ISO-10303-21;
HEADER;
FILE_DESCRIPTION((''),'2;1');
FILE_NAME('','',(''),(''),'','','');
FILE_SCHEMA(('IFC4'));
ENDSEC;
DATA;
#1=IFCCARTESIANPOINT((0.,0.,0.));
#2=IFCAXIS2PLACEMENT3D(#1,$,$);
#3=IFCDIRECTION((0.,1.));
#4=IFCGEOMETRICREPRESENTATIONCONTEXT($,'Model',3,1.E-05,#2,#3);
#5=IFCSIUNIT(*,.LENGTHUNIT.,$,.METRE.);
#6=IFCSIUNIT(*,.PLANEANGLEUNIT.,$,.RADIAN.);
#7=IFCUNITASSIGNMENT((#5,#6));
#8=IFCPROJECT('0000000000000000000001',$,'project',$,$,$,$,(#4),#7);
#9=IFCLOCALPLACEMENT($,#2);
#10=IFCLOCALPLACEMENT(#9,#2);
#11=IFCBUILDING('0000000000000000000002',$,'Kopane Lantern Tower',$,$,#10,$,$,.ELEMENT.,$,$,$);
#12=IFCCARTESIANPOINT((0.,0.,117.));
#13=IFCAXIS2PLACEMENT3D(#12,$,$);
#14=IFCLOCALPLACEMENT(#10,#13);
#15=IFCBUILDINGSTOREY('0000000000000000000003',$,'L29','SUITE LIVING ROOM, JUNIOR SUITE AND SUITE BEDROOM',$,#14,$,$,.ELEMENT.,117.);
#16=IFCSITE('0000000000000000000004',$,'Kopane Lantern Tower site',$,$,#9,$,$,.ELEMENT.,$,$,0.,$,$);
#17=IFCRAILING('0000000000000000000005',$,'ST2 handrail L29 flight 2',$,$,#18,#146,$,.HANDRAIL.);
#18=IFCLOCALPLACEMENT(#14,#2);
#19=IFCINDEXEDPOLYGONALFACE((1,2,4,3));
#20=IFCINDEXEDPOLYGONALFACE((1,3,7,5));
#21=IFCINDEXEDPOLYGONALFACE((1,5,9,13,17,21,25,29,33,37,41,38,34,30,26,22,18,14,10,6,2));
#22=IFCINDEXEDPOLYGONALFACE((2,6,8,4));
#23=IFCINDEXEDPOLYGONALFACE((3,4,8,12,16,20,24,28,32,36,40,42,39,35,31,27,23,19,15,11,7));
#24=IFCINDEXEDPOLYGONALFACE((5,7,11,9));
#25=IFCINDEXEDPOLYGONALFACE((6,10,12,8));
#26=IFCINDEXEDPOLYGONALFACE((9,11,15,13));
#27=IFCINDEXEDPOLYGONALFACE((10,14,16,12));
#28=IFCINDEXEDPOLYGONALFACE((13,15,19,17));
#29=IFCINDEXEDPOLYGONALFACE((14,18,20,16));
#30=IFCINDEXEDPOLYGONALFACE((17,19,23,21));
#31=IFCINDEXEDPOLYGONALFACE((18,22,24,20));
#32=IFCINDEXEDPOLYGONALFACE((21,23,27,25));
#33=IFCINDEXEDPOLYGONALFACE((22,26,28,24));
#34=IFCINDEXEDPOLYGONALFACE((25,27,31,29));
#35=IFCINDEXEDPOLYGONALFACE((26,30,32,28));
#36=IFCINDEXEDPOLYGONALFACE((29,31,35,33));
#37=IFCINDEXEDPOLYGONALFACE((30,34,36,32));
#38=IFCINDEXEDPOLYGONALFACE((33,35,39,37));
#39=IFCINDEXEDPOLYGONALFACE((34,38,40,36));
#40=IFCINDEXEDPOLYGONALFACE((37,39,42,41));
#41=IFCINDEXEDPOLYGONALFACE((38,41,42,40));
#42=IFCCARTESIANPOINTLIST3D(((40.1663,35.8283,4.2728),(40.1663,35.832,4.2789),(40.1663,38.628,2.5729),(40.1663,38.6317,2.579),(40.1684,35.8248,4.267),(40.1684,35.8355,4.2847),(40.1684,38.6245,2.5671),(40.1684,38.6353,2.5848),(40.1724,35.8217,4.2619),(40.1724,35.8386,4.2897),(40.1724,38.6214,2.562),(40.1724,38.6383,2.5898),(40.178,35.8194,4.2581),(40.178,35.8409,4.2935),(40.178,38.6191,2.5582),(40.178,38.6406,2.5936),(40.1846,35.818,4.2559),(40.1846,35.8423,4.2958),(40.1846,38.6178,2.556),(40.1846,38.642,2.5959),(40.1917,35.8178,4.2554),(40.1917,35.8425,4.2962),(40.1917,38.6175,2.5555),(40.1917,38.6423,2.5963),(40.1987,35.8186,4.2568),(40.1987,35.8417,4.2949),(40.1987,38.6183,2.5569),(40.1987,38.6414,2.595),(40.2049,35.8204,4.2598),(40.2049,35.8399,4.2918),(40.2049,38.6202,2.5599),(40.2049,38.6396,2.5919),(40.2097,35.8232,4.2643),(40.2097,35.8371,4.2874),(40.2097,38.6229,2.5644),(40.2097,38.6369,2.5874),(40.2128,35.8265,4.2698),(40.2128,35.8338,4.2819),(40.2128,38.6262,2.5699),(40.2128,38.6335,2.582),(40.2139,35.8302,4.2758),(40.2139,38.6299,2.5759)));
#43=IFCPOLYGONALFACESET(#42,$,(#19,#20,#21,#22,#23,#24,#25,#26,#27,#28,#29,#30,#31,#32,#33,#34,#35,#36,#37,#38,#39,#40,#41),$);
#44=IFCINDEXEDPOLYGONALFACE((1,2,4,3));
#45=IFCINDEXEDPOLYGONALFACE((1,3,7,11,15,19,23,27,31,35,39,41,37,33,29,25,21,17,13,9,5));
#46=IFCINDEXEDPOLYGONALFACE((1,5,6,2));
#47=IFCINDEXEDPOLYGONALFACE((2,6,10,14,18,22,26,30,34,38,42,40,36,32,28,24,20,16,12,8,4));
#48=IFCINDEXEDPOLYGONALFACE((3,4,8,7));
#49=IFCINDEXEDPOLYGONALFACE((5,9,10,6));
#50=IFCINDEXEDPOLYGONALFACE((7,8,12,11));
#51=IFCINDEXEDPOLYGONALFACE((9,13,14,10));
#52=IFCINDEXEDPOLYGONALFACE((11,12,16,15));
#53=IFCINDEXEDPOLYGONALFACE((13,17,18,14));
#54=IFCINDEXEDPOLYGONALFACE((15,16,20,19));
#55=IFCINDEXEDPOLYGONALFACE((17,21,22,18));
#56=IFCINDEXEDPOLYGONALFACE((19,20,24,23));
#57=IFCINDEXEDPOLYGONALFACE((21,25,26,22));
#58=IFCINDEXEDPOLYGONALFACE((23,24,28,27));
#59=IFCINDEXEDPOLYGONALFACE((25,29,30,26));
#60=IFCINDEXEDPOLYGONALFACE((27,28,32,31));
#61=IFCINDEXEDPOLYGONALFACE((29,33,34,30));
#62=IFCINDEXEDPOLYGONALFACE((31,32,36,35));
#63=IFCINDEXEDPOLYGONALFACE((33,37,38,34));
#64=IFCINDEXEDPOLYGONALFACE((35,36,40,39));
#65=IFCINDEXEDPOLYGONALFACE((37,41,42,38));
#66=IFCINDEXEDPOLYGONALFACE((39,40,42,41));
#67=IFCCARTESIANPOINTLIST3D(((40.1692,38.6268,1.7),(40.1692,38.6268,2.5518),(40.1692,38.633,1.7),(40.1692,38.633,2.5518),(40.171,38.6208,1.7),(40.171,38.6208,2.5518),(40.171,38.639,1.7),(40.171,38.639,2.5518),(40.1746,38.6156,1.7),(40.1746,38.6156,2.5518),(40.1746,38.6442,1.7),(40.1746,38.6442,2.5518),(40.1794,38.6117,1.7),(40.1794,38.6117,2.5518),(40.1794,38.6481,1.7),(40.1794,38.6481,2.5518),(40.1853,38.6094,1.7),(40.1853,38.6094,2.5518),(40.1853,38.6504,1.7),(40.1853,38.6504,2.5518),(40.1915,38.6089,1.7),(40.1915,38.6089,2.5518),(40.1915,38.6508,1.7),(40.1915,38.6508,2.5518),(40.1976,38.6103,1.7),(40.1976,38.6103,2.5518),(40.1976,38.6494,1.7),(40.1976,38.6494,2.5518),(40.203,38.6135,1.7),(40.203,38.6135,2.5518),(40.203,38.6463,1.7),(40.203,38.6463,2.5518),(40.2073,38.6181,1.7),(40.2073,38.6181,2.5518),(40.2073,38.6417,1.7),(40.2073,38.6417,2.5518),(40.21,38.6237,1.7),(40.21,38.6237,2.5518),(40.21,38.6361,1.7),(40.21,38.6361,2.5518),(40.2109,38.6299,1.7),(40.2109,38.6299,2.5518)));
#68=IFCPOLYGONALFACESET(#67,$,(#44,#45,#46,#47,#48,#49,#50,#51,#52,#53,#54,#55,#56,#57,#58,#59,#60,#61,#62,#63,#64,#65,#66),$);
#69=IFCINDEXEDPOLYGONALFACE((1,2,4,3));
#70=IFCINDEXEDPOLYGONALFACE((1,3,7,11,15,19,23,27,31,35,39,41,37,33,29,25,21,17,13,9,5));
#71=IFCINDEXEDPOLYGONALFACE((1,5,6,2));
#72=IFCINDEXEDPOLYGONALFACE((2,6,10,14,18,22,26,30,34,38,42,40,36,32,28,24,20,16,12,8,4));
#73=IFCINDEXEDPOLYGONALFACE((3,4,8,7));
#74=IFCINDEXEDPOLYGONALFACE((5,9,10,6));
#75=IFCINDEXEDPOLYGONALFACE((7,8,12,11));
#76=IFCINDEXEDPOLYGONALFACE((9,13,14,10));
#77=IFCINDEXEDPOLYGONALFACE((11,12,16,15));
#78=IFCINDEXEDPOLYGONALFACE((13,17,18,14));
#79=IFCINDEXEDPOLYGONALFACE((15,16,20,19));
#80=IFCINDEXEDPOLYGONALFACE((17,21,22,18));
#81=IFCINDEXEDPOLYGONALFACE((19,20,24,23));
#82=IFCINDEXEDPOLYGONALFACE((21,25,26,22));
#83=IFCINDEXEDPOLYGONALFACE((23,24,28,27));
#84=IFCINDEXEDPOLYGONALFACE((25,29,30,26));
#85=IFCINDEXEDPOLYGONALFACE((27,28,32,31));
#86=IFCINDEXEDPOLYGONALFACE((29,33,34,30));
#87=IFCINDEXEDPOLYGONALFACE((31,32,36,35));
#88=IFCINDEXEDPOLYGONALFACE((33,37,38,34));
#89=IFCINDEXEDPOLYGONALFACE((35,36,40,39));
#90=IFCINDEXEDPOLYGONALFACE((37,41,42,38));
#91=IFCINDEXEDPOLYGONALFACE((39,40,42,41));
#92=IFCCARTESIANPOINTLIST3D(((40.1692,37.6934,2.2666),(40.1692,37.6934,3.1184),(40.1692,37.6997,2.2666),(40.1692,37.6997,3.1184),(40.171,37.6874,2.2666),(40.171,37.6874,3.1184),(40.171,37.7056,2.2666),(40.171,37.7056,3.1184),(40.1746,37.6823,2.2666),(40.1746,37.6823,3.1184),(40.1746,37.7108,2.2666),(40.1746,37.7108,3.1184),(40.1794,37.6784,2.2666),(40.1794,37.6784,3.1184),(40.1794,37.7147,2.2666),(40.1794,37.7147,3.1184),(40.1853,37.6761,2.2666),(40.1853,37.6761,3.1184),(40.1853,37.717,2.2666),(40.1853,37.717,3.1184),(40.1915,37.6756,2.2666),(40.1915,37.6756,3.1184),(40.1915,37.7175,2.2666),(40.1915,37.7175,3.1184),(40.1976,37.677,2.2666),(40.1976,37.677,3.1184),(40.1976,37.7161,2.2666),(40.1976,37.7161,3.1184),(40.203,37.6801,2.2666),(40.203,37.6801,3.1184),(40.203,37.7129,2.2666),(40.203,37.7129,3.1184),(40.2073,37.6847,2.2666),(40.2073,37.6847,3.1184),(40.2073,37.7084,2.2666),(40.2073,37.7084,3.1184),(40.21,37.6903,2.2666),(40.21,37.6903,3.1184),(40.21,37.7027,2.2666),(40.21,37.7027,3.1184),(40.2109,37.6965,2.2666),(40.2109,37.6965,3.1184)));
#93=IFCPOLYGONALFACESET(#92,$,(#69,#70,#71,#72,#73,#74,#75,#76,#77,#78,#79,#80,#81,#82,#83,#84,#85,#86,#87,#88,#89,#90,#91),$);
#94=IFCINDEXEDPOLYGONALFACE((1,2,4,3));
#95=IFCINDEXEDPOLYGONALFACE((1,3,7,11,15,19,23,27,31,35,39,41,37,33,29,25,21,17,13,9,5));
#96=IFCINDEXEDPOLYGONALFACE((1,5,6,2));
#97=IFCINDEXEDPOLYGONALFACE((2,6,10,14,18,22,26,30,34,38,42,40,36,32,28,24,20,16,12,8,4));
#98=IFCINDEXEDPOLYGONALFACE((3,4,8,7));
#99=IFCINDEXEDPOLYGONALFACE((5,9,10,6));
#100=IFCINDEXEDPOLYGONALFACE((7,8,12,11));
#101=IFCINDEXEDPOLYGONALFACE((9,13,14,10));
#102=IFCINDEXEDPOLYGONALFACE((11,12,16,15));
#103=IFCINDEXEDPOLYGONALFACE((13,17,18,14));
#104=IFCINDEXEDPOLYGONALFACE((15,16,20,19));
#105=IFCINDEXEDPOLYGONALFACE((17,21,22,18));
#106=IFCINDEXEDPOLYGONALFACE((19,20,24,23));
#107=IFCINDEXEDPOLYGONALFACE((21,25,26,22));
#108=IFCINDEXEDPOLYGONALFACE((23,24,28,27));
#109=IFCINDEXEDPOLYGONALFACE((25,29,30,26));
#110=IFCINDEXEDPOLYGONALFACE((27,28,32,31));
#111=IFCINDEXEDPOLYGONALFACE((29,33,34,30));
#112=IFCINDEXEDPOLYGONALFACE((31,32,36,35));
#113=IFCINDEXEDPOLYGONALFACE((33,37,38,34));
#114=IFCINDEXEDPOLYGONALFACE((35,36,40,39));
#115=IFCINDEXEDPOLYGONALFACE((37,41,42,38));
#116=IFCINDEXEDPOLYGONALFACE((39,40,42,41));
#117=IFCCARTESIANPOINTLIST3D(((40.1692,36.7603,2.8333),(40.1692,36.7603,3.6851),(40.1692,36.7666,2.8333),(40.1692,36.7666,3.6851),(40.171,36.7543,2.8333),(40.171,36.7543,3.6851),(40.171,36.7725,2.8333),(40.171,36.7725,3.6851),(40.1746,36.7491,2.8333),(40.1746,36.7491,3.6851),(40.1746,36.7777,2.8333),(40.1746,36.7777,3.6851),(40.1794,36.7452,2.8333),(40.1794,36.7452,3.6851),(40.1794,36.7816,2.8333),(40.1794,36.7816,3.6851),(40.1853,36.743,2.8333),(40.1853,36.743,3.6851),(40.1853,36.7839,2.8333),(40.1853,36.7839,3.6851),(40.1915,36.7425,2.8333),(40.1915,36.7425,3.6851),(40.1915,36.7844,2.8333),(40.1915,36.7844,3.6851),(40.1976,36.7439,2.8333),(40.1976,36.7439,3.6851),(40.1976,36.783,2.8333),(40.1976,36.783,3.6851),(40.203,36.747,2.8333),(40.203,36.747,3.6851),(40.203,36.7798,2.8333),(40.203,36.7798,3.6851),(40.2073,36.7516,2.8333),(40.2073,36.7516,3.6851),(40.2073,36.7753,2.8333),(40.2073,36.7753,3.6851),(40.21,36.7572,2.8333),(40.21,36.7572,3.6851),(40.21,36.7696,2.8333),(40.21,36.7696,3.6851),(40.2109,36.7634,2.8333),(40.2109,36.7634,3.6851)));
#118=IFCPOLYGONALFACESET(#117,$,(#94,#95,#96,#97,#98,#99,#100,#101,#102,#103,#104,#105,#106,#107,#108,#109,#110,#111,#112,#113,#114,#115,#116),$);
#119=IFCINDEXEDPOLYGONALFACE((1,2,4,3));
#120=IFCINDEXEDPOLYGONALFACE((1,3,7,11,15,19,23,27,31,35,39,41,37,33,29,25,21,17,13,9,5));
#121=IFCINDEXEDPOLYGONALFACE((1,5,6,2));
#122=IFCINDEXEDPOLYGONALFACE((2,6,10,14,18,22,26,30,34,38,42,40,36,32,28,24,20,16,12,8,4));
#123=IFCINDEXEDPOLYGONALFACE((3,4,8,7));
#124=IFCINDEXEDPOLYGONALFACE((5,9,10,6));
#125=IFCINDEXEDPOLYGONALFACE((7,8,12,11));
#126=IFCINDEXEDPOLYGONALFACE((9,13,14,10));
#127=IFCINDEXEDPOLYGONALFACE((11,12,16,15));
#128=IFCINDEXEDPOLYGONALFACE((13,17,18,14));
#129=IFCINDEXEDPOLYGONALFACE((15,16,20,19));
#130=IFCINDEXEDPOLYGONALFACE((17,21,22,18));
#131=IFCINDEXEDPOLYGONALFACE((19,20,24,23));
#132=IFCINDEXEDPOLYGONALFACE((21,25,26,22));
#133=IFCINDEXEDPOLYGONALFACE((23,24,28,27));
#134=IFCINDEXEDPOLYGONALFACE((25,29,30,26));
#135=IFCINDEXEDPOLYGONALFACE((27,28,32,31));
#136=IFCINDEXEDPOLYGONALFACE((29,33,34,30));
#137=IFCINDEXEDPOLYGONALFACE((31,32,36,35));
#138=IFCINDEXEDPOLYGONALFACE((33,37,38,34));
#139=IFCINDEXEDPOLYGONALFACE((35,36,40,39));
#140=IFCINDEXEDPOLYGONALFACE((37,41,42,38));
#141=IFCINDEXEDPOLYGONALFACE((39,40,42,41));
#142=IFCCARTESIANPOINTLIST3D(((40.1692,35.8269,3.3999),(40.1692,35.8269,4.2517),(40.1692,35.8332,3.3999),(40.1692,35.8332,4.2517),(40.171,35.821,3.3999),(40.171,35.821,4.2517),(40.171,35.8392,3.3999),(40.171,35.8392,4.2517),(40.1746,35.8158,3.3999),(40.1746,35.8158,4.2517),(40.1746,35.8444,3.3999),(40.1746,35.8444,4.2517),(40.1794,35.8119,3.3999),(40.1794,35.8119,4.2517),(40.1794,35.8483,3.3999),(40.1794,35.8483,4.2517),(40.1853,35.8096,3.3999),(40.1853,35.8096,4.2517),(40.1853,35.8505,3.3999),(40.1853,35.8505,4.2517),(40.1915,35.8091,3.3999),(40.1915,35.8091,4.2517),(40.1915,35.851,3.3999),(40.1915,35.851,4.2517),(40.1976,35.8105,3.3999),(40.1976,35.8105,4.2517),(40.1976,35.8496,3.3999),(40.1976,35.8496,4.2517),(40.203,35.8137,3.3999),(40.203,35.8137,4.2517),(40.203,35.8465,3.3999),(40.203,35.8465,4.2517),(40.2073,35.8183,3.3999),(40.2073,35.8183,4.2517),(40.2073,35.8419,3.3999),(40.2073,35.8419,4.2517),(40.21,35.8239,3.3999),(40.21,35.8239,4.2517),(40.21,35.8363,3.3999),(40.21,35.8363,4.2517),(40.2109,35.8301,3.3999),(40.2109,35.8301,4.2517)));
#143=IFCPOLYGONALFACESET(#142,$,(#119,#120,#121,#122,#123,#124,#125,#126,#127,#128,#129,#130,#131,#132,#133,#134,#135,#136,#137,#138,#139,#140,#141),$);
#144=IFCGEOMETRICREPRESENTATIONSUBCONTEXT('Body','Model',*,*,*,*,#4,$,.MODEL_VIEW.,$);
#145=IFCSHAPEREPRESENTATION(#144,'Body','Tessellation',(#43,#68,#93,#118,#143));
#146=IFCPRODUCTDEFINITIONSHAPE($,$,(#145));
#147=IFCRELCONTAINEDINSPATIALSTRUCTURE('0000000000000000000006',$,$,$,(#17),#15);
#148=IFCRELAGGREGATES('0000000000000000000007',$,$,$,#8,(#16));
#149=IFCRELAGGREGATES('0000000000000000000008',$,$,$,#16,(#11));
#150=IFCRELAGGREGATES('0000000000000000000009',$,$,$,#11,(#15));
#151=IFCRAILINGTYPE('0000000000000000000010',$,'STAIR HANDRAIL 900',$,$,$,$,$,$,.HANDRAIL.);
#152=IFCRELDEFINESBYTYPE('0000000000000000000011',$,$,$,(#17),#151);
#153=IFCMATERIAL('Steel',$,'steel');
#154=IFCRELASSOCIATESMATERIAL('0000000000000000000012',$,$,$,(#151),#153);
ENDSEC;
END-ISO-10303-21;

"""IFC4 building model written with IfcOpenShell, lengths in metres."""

from ifc_helpers import new_model, si_unit, direction, frame, origin, origin_2d, place, context, subcontext, project, spatial, circle, extrude, material, type_object, element, save


model = new_model("IFC4")

# Units and contexts
model_context = context("Model", 3, precision=1e-05, world=origin(), true_north=direction((0.0, 1.0)))
body_context = subcontext(model_context, "Body", "Model", "MODEL_VIEW")
ifc_project = project(units=[si_unit("LENGTHUNIT", "METRE"), si_unit("PLANEANGLEUNIT", "RADIAN")], contexts=[model_context])

# Site, building, storey
site_placement = place(None, origin())
site = spatial("IfcSite", under=ifc_project, at=site_placement, Name="Kopane Lantern Tower site", CompositionType="ELEMENT", RefElevation=0.0)
building_placement = place(site_placement, origin())
building = spatial("IfcBuilding", under=site, at=building_placement, Name="Kopane Lantern Tower", CompositionType="ELEMENT")
storey_placement = place(building_placement, frame((0.0, 0.0, 117.0)))
storey = spatial("IfcBuildingStorey", under=building, at=storey_placement, Name="L29", Description="SUITE LIVING ROOM, JUNIOR SUITE AND SUITE BEDROOM", CompositionType="ELEMENT", Elevation=117.0)

# Railing
ifc_material_1 = material(Name="Steel", Category="steel")
railing_type_1 = type_object("IfcRailingType", Name="STAIR HANDRAIL 900", PredefinedType="HANDRAIL", material=ifc_material_1)
for number, where, name in (
    (1, (40.1899, 38.6299, 1.7), "ST2 handrail L29 flight 2"),
):
    element("IfcRailing", number, at=place(storey_placement, frame(where)), inside=storey, type_object=railing_type_1, Name=name, PredefinedType="HANDRAIL", context=body_context, shape_type="SweptSolid", body=[
        extrude(circle(Radius=0.0239, at=origin_2d()), frame((0.0, 0.0, 0.876), z_axis=(0.0, -0.854778, 0.518994), x_axis=(1.0, 0.0, 0.0)), (0.0, 0.0, 1.0), 3.2754),
        extrude(circle(Radius=0.021, at=origin_2d()), origin(), (0.0, 0.0, 1.0), 0.8518),
        extrude(circle(Radius=0.021, at=origin_2d()), frame((0.0, -0.9333, 0.5667)), (0.0, 0.0, 1.0), 0.8518),
        extrude(circle(Radius=0.021, at=origin_2d()), frame((0.0, -1.8665, 1.1333)), (0.0, 0.0, 1.0), 0.8518),
        extrude(circle(Radius=0.021, at=origin_2d()), frame((0.0, -2.7998, 1.7)), (0.0, 0.0, 1.0), 0.8518),
    ])

save(model, "model.ifc")
